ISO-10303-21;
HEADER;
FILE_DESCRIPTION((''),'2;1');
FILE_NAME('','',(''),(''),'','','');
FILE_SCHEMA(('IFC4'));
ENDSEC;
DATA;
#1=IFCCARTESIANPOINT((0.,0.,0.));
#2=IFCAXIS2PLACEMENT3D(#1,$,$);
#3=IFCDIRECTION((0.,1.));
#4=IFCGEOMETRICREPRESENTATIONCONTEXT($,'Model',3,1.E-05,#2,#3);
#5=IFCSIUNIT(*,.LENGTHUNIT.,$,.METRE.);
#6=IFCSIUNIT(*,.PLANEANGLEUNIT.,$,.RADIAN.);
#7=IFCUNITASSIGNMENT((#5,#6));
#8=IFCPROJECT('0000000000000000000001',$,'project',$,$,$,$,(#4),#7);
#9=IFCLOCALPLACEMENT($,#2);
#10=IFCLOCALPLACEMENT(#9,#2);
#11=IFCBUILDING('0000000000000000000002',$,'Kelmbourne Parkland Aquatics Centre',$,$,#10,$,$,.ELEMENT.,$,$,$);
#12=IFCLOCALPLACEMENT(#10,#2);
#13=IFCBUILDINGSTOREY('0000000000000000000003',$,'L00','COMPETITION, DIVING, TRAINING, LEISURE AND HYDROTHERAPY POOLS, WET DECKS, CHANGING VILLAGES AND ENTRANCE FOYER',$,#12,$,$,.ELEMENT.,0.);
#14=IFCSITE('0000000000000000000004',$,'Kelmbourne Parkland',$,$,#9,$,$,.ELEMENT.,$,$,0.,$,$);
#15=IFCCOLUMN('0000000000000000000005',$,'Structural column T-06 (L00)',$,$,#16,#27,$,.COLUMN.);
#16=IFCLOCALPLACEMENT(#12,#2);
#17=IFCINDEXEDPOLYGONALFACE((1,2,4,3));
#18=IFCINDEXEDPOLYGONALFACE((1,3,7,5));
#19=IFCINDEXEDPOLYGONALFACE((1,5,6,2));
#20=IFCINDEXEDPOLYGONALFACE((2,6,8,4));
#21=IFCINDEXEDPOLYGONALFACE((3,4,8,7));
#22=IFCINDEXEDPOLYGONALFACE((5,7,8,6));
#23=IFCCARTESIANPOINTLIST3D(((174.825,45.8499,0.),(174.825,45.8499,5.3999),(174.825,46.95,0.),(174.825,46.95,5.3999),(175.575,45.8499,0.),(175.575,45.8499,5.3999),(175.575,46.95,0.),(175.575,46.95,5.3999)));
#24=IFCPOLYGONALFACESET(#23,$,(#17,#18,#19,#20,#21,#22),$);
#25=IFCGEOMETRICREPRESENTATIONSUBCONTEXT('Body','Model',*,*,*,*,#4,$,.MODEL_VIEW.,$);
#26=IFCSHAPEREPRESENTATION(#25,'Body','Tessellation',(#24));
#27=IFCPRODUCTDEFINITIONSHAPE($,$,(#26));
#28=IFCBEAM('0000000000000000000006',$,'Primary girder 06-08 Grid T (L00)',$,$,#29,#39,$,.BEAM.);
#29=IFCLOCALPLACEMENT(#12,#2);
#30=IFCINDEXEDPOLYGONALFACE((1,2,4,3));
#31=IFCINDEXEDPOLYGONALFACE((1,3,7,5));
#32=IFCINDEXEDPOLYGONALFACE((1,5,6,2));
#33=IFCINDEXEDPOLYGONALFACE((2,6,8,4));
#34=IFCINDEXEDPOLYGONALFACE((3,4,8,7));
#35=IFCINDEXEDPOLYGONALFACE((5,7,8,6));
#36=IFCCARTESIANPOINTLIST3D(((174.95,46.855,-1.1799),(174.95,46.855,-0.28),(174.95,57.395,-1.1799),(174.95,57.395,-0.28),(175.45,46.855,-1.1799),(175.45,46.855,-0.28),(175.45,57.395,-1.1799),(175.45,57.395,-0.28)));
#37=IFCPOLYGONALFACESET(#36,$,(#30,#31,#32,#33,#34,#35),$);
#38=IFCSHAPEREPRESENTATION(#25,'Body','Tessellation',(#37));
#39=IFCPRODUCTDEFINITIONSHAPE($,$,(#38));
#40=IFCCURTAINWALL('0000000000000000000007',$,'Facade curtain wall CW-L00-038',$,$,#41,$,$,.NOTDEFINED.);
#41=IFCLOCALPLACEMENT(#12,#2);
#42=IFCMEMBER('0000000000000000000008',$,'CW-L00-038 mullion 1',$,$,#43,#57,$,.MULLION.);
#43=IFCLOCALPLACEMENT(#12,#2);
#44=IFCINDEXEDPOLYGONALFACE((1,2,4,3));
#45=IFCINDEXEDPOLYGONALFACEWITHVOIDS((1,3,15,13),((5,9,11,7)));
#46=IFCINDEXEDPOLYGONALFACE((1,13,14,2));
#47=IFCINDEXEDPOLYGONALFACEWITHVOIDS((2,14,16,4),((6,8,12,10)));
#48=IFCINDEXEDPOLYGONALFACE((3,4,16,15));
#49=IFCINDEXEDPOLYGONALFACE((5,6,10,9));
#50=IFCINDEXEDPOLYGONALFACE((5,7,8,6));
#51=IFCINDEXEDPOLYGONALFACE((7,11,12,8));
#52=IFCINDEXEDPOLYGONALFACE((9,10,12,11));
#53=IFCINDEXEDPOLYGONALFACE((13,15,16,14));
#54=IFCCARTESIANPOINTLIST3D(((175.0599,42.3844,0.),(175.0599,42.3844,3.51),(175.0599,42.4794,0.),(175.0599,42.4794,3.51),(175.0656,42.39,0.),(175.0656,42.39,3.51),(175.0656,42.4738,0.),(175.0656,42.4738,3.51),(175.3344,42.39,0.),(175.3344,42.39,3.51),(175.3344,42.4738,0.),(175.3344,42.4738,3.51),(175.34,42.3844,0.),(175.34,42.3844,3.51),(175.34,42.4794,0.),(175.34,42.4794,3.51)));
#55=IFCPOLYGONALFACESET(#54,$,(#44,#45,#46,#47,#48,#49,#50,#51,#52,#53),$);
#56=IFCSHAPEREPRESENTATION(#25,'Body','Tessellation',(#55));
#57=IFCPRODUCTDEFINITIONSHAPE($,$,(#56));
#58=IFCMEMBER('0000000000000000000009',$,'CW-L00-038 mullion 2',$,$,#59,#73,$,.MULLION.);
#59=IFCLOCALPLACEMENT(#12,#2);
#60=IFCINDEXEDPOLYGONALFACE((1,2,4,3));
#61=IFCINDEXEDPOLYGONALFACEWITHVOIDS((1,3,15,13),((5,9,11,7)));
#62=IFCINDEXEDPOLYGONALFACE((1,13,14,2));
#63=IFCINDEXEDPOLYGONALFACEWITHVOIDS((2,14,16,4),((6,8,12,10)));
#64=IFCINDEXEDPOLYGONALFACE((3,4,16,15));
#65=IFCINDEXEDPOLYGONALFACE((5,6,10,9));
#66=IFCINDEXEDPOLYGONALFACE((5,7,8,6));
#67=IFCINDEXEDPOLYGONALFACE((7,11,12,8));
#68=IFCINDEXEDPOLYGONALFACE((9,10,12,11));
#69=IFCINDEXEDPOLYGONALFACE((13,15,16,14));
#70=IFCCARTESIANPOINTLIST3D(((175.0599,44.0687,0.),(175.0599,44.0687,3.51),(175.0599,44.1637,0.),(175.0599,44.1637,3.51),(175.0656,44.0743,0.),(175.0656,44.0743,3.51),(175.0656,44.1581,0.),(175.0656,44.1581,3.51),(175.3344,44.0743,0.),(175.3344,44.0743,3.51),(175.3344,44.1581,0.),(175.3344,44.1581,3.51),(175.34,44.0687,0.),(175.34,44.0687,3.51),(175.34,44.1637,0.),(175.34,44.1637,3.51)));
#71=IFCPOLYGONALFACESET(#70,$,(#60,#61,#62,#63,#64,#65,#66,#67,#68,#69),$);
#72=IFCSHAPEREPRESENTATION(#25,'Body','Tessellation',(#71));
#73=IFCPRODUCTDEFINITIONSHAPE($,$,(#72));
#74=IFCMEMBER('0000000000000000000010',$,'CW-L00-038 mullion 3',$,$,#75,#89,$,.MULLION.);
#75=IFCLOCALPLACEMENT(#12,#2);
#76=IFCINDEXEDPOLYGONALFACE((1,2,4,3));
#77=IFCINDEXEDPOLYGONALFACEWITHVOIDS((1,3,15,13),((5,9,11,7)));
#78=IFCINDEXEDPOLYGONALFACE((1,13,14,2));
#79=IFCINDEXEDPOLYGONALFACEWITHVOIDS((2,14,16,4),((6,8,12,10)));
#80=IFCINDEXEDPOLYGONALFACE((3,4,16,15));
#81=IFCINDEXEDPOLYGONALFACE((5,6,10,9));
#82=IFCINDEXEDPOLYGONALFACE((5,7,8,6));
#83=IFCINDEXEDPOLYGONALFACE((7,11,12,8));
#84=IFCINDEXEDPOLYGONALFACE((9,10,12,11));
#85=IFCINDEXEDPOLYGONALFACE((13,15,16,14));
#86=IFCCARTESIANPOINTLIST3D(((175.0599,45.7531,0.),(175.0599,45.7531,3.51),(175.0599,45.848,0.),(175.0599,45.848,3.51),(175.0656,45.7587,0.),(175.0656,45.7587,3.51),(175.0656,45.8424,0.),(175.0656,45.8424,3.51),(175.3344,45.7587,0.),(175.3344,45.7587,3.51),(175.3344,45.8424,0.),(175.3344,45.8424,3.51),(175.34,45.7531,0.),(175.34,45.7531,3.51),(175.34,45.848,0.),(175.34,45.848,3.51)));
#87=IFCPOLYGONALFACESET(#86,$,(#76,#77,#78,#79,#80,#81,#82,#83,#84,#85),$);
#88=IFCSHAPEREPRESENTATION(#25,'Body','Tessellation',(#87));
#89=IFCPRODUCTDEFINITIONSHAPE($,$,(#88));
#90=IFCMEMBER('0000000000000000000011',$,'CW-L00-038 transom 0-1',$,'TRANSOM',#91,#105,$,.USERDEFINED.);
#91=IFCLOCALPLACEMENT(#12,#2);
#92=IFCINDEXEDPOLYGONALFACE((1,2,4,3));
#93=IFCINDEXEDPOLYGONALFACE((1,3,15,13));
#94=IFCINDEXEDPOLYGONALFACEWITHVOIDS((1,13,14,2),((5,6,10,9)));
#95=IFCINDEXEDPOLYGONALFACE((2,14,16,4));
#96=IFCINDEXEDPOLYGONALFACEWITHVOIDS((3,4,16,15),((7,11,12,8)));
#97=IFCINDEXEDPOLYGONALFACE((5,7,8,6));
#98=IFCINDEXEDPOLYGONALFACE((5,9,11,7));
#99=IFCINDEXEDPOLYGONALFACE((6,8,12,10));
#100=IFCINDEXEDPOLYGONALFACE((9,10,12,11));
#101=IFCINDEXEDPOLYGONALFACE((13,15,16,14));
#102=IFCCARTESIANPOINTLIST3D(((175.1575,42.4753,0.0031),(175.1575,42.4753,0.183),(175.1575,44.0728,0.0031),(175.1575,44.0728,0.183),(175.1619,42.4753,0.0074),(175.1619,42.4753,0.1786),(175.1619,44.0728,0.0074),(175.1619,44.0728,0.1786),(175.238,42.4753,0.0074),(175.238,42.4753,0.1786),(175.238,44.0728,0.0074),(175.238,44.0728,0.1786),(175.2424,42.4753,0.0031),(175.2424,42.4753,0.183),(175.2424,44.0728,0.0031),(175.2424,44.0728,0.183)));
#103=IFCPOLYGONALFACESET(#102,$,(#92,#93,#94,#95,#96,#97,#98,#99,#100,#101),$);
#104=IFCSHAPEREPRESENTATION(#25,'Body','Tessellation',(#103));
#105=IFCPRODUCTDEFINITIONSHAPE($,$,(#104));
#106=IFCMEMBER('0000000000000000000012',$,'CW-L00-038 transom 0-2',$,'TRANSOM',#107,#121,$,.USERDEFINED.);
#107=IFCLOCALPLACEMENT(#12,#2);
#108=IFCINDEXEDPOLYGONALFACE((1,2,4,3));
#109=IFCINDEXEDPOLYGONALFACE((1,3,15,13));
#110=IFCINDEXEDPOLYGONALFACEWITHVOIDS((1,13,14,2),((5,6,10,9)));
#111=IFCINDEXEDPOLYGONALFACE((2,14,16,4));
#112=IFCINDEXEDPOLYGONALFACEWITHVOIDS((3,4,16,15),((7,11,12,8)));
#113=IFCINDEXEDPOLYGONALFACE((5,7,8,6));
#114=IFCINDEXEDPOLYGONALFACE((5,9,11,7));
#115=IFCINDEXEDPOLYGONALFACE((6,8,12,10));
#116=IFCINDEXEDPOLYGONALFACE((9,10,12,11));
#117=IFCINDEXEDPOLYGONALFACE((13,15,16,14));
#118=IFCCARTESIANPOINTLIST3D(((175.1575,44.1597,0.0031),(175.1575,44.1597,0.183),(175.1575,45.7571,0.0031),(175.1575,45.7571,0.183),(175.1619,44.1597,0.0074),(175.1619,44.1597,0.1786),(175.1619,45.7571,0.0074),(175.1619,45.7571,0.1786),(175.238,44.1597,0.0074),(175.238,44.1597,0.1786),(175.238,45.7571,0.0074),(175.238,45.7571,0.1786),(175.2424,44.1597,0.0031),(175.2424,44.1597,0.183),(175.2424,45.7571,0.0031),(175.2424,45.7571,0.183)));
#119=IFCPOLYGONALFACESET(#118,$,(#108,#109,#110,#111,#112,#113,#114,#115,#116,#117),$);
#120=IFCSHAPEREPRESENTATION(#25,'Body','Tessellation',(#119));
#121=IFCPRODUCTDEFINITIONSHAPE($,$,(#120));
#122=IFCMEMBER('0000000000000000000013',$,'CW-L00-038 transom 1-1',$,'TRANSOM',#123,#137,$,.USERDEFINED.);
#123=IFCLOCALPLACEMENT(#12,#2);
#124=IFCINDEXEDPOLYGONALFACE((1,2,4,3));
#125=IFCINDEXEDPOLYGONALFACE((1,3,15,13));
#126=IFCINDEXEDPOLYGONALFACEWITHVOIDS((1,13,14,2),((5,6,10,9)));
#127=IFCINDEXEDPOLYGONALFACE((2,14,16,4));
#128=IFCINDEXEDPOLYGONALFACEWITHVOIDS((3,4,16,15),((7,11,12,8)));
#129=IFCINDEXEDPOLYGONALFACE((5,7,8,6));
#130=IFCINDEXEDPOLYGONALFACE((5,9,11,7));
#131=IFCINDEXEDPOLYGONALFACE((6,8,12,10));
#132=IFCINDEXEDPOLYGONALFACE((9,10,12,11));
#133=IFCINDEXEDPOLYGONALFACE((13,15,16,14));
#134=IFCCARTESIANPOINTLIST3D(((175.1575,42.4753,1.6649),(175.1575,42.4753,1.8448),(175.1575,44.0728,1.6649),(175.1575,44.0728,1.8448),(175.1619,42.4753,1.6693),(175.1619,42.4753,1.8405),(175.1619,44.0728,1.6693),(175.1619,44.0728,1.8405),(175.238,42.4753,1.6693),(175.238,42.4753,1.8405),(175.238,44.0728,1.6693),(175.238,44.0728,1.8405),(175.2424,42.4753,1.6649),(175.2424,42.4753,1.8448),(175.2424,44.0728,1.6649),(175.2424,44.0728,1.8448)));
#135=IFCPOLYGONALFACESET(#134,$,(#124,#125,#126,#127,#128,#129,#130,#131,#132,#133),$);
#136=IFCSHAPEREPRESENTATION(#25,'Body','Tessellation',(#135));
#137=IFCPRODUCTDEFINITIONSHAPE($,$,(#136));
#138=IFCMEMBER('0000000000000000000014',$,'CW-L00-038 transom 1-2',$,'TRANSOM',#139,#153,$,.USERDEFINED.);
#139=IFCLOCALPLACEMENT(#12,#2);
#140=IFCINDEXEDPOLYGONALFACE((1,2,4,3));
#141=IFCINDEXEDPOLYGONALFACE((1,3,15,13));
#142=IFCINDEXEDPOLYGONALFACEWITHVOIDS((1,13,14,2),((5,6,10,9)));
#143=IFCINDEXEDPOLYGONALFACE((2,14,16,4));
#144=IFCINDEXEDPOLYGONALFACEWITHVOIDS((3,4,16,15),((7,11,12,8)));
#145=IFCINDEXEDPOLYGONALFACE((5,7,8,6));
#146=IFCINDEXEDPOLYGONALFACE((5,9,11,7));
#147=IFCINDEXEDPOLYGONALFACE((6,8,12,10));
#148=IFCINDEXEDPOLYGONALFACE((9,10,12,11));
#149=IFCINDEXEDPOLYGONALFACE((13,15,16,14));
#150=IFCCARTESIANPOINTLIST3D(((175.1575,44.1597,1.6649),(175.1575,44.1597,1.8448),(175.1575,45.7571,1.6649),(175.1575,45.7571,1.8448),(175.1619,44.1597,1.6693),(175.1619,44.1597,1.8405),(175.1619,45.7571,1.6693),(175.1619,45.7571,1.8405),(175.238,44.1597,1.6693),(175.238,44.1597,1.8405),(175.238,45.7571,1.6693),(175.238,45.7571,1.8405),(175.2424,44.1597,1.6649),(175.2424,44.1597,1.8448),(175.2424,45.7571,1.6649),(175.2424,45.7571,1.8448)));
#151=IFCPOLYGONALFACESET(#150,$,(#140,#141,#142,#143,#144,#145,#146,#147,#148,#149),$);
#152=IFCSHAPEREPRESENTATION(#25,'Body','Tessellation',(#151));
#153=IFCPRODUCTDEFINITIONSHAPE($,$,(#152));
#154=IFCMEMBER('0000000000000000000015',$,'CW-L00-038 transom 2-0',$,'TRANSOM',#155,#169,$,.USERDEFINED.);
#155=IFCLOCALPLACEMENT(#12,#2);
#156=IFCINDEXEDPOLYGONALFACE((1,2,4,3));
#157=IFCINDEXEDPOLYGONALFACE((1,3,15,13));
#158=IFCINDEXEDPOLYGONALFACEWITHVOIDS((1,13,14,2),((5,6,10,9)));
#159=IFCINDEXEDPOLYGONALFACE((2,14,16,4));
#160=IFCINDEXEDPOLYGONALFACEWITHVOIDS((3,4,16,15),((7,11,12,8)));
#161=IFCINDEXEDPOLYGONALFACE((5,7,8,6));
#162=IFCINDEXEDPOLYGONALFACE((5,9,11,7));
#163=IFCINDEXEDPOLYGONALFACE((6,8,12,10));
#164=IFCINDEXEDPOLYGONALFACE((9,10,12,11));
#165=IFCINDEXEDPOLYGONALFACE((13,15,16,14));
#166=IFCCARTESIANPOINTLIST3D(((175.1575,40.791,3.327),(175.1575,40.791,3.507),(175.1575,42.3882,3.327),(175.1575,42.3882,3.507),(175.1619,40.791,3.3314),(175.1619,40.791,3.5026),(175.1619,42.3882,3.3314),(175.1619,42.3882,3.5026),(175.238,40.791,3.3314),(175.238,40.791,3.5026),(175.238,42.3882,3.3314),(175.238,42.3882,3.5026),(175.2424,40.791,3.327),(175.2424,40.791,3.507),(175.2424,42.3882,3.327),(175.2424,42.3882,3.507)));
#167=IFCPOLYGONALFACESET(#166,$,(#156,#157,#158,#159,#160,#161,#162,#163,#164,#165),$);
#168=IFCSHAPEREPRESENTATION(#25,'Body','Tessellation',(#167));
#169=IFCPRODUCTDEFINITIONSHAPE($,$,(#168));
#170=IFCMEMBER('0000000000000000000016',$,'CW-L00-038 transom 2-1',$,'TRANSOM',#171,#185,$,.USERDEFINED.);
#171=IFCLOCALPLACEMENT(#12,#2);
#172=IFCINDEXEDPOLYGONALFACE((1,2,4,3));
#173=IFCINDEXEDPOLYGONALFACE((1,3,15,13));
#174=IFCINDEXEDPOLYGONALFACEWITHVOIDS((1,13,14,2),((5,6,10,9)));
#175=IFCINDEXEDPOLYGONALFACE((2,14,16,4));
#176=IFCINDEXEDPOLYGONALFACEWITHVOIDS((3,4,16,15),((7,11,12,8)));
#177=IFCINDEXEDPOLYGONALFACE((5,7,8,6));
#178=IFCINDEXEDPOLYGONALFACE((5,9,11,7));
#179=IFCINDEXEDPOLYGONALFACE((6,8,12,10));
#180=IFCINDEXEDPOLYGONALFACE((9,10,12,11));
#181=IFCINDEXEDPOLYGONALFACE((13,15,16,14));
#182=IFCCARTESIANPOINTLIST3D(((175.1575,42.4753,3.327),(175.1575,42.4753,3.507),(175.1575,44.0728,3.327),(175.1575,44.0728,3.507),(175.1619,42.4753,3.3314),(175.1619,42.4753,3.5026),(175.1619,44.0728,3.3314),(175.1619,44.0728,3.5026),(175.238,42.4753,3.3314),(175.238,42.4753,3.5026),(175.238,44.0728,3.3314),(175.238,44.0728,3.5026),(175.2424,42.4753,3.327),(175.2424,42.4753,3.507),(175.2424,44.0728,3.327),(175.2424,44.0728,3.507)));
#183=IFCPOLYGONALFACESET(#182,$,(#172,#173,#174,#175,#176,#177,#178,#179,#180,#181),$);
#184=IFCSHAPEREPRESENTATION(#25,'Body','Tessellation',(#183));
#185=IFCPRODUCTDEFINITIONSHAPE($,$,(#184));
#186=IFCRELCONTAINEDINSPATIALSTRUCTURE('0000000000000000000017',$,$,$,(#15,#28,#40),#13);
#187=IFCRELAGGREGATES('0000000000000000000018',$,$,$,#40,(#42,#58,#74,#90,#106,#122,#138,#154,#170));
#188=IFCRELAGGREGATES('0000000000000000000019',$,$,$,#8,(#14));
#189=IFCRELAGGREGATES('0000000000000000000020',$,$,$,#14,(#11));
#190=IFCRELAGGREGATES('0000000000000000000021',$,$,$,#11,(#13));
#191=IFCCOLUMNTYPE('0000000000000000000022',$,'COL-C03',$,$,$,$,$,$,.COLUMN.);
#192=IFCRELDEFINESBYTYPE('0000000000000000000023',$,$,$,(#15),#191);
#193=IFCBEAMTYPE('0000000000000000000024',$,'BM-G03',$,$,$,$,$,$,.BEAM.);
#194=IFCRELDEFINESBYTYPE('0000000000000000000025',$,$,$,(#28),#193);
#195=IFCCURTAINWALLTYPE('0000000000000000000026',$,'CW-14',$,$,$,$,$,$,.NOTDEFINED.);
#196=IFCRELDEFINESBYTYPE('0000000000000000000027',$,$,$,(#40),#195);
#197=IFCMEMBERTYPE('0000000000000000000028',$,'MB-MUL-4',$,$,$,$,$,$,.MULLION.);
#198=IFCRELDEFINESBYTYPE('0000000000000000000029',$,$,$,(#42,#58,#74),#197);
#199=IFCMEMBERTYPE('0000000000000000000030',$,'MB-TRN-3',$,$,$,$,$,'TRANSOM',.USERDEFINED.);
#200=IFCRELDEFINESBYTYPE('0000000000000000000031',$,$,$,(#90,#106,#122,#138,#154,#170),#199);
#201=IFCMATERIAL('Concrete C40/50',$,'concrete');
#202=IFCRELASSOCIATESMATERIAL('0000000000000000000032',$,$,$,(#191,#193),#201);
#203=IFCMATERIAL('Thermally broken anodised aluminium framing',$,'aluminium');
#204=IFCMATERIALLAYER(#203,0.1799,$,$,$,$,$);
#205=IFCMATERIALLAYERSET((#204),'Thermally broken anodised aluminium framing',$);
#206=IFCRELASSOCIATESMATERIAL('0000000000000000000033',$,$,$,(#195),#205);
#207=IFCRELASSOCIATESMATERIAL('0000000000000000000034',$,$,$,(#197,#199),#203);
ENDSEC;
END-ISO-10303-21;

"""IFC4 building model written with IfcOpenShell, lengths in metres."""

from ifc_helpers import new_model, si_unit, direction, frame, origin, origin_2d, place, context, subcontext, project, spatial, rectangle, hollow_rectangle, extrude, material, layer, layer_set, material_profile, profile_set, type_object, element, aggregate, save


model = new_model("IFC4")

# Units and contexts
model_context = context("Model", 3, precision=1e-05, world=origin(), true_north=direction((0.0, 1.0)))
body_context = subcontext(model_context, "Body", "Model", "MODEL_VIEW")
ifc_project = project(units=[si_unit("LENGTHUNIT", "METRE"), si_unit("PLANEANGLEUNIT", "RADIAN")], contexts=[model_context])

# Site, building, storey
site_placement = place(None, origin())
site = spatial("IfcSite", under=ifc_project, at=site_placement, Name="Kelmbourne Parkland", CompositionType="ELEMENT", RefElevation=0.0)
building_placement = place(site_placement, origin())
building = spatial("IfcBuilding", under=site, at=building_placement, Name="Kelmbourne Parkland Aquatics Centre", CompositionType="ELEMENT")
storey_placement = place(building_placement, origin())
storey = spatial("IfcBuildingStorey", under=building, at=storey_placement, Name="L00", Description="COMPETITION, DIVING, TRAINING, LEISURE AND HYDROTHERAPY POOLS, WET DECKS, CHANGING VILLAGES AND ENTRANCE FOYER", CompositionType="ELEMENT", Elevation=0.0)

# Column
ifc_material_1 = material(Name="Concrete C40/50", Category="concrete")
ifc_material_profile_1 = material_profile(ifc_material_1, rectangle(XDim=0.75, YDim=1.1001, at=origin_2d()), Name="RC 750x1100")
ifc_profile_set_1 = profile_set([ifc_material_profile_1], Name="Concrete C40/50")
column_type = type_object("IfcColumnType", Name="COL-C03", PredefinedType="COLUMN", material=ifc_profile_set_1)
column_placement = place(storey_placement, frame((175.2, 46.3999, 0.0), z_axis=(0.0, 0.0, 1.0), x_axis=(1.0, 0.0, 0.0)))
element("IfcColumn", 1, at=column_placement, inside=storey, type_object=column_type, Name="Structural column T-06 (L00)", PredefinedType="COLUMN", context=body_context, shape_type="SweptSolid", body=[
    extrude(rectangle(XDim=0.75, YDim=1.1001, at=origin_2d()), origin(), (0.0, 0.0, 1.0), 5.3999),
])

# Beam
ifc_material_profile_2 = material_profile(ifc_material_1, rectangle(XDim=0.5, YDim=0.8999, at=origin_2d()), Name="RC 500x900")
ifc_profile_set_2 = profile_set([ifc_material_profile_2], Name="Concrete C40/50")
beam_type = type_object("IfcBeamType", Name="BM-G03", PredefinedType="BEAM", material=ifc_profile_set_2)
beam_placement = place(storey_placement, frame((175.2, 46.855, -0.73), z_axis=(0.0, 1.0, 0.0), x_axis=(-1.0, 0.0, 0.0)))
element("IfcBeam", 2, at=beam_placement, inside=storey, type_object=beam_type, Name="Primary girder 06-08 Grid T (L00)", PredefinedType="BEAM", context=body_context, shape_type="SweptSolid", body=[
    extrude(rectangle(XDim=0.5, YDim=0.8999, at=origin_2d()), origin(), (0.0, 0.0, 1.0), 10.54),
])

# Curtain wall, members
ifc_material_2 = material(Name="Thermally broken anodised aluminium framing", Category="aluminium")
ifc_layer_1 = layer(ifc_material_2, 0.1799)
ifc_layer_set_1 = layer_set([ifc_layer_1], Name="Thermally broken anodised aluminium framing")
curtain_wall_type = type_object("IfcCurtainWallType", Name="CW-14", PredefinedType="NOTDEFINED", material=ifc_layer_set_1)
curtain_wall_placement = place(storey_placement, origin())
curtain_wall = element("IfcCurtainWall", 3, at=curtain_wall_placement, inside=storey, type_object=curtain_wall_type, Name="Facade curtain wall CW-L00-038", PredefinedType="NOTDEFINED")
ifc_material_profile_3 = material_profile(ifc_material_2, hollow_rectangle(XDim=0.095, YDim=0.28, WallThickness=0.0056, at=origin_2d()), Name="CW-M 95x280")
ifc_profile_set_3 = profile_set([ifc_material_profile_3], Name="Thermally broken anodised aluminium framing")
member_type_1 = type_object("IfcMemberType", Name="MB-MUL-4", PredefinedType="MULLION", material=ifc_profile_set_3)
member_1_placement = place(storey_placement, frame((175.2, 42.4319, 0.0), z_axis=(0.0, 0.0, 1.0), x_axis=(0.0, 1.0, 0.0)))
member_1 = element("IfcMember", 4, at=member_1_placement, type_object=member_type_1, Name="CW-L00-038 mullion 1", PredefinedType="MULLION", context=body_context, shape_type="SweptSolid", body=[
    extrude(hollow_rectangle(XDim=0.095, YDim=0.28, WallThickness=0.0056, at=origin_2d()), origin(), (0.0, 0.0, 1.0), 3.51),
])
member_2_placement = place(storey_placement, frame((175.2, 44.1162, 0.0), z_axis=(0.0, 0.0, 1.0), x_axis=(0.0, 1.0, 0.0)))
member_2 = element("IfcMember", 5, at=member_2_placement, type_object=member_type_1, Name="CW-L00-038 mullion 2", PredefinedType="MULLION", context=body_context, shape_type="SweptSolid", body=[
    extrude(hollow_rectangle(XDim=0.095, YDim=0.28, WallThickness=0.0056, at=origin_2d()), origin(), (0.0, 0.0, 1.0), 3.51),
])
member_3_placement = place(storey_placement, frame((175.2, 45.8005, 0.0), z_axis=(0.0, 0.0, 1.0), x_axis=(0.0, 1.0, 0.0)))
member_3 = element("IfcMember", 6, at=member_3_placement, type_object=member_type_1, Name="CW-L00-038 mullion 3", PredefinedType="MULLION", context=body_context, shape_type="SweptSolid", body=[
    extrude(hollow_rectangle(XDim=0.095, YDim=0.28, WallThickness=0.0056, at=origin_2d()), origin(), (0.0, 0.0, 1.0), 3.51),
])
ifc_material_profile_4 = material_profile(ifc_material_2, hollow_rectangle(XDim=0.085, YDim=0.1799, WallThickness=0.0044, at=origin_2d()), Name="CW-T 85x180")
ifc_profile_set_4 = profile_set([ifc_material_profile_4], Name="Thermally broken anodised aluminium framing")
member_type_2 = type_object("IfcMemberType", Name="MB-TRN-3", ElementType="TRANSOM", PredefinedType="USERDEFINED", material=ifc_profile_set_4)
member_4_placement = place(storey_placement, frame((175.2, 42.4753, 0.093), z_axis=(0.0, 1.0, 0.0), x_axis=(-1.0, 0.0, 0.0)))
member_4 = element("IfcMember", 7, at=member_4_placement, type_object=member_type_2, Name="CW-L00-038 transom 0-1", ObjectType="TRANSOM", PredefinedType="USERDEFINED", context=body_context, shape_type="SweptSolid", body=[
    extrude(hollow_rectangle(XDim=0.085, YDim=0.1799, WallThickness=0.0044, at=origin_2d()), origin(), (0.0, 0.0, 1.0), 1.5974),
])
member_5_placement = place(storey_placement, frame((175.2, 44.1597, 0.093), z_axis=(0.0, 1.0, 0.0), x_axis=(-1.0, 0.0, 0.0)))
member_5 = element("IfcMember", 8, at=member_5_placement, type_object=member_type_2, Name="CW-L00-038 transom 0-2", ObjectType="TRANSOM", PredefinedType="USERDEFINED", context=body_context, shape_type="SweptSolid", body=[
    extrude(hollow_rectangle(XDim=0.085, YDim=0.1799, WallThickness=0.0044, at=origin_2d()), origin(), (0.0, 0.0, 1.0), 1.5974),
])
member_6_placement = place(storey_placement, frame((175.2, 42.4753, 1.7549), z_axis=(0.0, 1.0, 0.0), x_axis=(-1.0, 0.0, 0.0)))
member_6 = element("IfcMember", 9, at=member_6_placement, type_object=member_type_2, Name="CW-L00-038 transom 1-1", ObjectType="TRANSOM", PredefinedType="USERDEFINED", context=body_context, shape_type="SweptSolid", body=[
    extrude(hollow_rectangle(XDim=0.085, YDim=0.1799, WallThickness=0.0044, at=origin_2d()), origin(), (0.0, 0.0, 1.0), 1.5974),
])
member_7_placement = place(storey_placement, frame((175.2, 44.1597, 1.7549), z_axis=(0.0, 1.0, 0.0), x_axis=(-1.0, 0.0, 0.0)))
member_7 = element("IfcMember", 10, at=member_7_placement, type_object=member_type_2, Name="CW-L00-038 transom 1-2", ObjectType="TRANSOM", PredefinedType="USERDEFINED", context=body_context, shape_type="SweptSolid", body=[
    extrude(hollow_rectangle(XDim=0.085, YDim=0.1799, WallThickness=0.0044, at=origin_2d()), origin(), (0.0, 0.0, 1.0), 1.5974),
])
member_8_placement = place(storey_placement, frame((175.2, 40.791, 3.417), z_axis=(0.0, 1.0, 0.0), x_axis=(-1.0, 0.0, 0.0)))
member_8 = element("IfcMember", 11, at=member_8_placement, type_object=member_type_2, Name="CW-L00-038 transom 2-0", ObjectType="TRANSOM", PredefinedType="USERDEFINED", context=body_context, shape_type="SweptSolid", body=[
    extrude(hollow_rectangle(XDim=0.085, YDim=0.1799, WallThickness=0.0044, at=origin_2d()), origin(), (0.0, 0.0, 1.0), 1.5972),
])
member_9_placement = place(storey_placement, frame((175.2, 42.4753, 3.417), z_axis=(0.0, 1.0, 0.0), x_axis=(-1.0, 0.0, 0.0)))
member_9 = element("IfcMember", 12, at=member_9_placement, type_object=member_type_2, Name="CW-L00-038 transom 2-1", ObjectType="TRANSOM", PredefinedType="USERDEFINED", context=body_context, shape_type="SweptSolid", body=[
    extrude(hollow_rectangle(XDim=0.085, YDim=0.1799, WallThickness=0.0044, at=origin_2d()), origin(), (0.0, 0.0, 1.0), 1.5974),
])
aggregate(curtain_wall, [member_1, member_2, member_3, member_4, member_5, member_6, member_7, member_8, member_9])

save(model, "model.ifc")
